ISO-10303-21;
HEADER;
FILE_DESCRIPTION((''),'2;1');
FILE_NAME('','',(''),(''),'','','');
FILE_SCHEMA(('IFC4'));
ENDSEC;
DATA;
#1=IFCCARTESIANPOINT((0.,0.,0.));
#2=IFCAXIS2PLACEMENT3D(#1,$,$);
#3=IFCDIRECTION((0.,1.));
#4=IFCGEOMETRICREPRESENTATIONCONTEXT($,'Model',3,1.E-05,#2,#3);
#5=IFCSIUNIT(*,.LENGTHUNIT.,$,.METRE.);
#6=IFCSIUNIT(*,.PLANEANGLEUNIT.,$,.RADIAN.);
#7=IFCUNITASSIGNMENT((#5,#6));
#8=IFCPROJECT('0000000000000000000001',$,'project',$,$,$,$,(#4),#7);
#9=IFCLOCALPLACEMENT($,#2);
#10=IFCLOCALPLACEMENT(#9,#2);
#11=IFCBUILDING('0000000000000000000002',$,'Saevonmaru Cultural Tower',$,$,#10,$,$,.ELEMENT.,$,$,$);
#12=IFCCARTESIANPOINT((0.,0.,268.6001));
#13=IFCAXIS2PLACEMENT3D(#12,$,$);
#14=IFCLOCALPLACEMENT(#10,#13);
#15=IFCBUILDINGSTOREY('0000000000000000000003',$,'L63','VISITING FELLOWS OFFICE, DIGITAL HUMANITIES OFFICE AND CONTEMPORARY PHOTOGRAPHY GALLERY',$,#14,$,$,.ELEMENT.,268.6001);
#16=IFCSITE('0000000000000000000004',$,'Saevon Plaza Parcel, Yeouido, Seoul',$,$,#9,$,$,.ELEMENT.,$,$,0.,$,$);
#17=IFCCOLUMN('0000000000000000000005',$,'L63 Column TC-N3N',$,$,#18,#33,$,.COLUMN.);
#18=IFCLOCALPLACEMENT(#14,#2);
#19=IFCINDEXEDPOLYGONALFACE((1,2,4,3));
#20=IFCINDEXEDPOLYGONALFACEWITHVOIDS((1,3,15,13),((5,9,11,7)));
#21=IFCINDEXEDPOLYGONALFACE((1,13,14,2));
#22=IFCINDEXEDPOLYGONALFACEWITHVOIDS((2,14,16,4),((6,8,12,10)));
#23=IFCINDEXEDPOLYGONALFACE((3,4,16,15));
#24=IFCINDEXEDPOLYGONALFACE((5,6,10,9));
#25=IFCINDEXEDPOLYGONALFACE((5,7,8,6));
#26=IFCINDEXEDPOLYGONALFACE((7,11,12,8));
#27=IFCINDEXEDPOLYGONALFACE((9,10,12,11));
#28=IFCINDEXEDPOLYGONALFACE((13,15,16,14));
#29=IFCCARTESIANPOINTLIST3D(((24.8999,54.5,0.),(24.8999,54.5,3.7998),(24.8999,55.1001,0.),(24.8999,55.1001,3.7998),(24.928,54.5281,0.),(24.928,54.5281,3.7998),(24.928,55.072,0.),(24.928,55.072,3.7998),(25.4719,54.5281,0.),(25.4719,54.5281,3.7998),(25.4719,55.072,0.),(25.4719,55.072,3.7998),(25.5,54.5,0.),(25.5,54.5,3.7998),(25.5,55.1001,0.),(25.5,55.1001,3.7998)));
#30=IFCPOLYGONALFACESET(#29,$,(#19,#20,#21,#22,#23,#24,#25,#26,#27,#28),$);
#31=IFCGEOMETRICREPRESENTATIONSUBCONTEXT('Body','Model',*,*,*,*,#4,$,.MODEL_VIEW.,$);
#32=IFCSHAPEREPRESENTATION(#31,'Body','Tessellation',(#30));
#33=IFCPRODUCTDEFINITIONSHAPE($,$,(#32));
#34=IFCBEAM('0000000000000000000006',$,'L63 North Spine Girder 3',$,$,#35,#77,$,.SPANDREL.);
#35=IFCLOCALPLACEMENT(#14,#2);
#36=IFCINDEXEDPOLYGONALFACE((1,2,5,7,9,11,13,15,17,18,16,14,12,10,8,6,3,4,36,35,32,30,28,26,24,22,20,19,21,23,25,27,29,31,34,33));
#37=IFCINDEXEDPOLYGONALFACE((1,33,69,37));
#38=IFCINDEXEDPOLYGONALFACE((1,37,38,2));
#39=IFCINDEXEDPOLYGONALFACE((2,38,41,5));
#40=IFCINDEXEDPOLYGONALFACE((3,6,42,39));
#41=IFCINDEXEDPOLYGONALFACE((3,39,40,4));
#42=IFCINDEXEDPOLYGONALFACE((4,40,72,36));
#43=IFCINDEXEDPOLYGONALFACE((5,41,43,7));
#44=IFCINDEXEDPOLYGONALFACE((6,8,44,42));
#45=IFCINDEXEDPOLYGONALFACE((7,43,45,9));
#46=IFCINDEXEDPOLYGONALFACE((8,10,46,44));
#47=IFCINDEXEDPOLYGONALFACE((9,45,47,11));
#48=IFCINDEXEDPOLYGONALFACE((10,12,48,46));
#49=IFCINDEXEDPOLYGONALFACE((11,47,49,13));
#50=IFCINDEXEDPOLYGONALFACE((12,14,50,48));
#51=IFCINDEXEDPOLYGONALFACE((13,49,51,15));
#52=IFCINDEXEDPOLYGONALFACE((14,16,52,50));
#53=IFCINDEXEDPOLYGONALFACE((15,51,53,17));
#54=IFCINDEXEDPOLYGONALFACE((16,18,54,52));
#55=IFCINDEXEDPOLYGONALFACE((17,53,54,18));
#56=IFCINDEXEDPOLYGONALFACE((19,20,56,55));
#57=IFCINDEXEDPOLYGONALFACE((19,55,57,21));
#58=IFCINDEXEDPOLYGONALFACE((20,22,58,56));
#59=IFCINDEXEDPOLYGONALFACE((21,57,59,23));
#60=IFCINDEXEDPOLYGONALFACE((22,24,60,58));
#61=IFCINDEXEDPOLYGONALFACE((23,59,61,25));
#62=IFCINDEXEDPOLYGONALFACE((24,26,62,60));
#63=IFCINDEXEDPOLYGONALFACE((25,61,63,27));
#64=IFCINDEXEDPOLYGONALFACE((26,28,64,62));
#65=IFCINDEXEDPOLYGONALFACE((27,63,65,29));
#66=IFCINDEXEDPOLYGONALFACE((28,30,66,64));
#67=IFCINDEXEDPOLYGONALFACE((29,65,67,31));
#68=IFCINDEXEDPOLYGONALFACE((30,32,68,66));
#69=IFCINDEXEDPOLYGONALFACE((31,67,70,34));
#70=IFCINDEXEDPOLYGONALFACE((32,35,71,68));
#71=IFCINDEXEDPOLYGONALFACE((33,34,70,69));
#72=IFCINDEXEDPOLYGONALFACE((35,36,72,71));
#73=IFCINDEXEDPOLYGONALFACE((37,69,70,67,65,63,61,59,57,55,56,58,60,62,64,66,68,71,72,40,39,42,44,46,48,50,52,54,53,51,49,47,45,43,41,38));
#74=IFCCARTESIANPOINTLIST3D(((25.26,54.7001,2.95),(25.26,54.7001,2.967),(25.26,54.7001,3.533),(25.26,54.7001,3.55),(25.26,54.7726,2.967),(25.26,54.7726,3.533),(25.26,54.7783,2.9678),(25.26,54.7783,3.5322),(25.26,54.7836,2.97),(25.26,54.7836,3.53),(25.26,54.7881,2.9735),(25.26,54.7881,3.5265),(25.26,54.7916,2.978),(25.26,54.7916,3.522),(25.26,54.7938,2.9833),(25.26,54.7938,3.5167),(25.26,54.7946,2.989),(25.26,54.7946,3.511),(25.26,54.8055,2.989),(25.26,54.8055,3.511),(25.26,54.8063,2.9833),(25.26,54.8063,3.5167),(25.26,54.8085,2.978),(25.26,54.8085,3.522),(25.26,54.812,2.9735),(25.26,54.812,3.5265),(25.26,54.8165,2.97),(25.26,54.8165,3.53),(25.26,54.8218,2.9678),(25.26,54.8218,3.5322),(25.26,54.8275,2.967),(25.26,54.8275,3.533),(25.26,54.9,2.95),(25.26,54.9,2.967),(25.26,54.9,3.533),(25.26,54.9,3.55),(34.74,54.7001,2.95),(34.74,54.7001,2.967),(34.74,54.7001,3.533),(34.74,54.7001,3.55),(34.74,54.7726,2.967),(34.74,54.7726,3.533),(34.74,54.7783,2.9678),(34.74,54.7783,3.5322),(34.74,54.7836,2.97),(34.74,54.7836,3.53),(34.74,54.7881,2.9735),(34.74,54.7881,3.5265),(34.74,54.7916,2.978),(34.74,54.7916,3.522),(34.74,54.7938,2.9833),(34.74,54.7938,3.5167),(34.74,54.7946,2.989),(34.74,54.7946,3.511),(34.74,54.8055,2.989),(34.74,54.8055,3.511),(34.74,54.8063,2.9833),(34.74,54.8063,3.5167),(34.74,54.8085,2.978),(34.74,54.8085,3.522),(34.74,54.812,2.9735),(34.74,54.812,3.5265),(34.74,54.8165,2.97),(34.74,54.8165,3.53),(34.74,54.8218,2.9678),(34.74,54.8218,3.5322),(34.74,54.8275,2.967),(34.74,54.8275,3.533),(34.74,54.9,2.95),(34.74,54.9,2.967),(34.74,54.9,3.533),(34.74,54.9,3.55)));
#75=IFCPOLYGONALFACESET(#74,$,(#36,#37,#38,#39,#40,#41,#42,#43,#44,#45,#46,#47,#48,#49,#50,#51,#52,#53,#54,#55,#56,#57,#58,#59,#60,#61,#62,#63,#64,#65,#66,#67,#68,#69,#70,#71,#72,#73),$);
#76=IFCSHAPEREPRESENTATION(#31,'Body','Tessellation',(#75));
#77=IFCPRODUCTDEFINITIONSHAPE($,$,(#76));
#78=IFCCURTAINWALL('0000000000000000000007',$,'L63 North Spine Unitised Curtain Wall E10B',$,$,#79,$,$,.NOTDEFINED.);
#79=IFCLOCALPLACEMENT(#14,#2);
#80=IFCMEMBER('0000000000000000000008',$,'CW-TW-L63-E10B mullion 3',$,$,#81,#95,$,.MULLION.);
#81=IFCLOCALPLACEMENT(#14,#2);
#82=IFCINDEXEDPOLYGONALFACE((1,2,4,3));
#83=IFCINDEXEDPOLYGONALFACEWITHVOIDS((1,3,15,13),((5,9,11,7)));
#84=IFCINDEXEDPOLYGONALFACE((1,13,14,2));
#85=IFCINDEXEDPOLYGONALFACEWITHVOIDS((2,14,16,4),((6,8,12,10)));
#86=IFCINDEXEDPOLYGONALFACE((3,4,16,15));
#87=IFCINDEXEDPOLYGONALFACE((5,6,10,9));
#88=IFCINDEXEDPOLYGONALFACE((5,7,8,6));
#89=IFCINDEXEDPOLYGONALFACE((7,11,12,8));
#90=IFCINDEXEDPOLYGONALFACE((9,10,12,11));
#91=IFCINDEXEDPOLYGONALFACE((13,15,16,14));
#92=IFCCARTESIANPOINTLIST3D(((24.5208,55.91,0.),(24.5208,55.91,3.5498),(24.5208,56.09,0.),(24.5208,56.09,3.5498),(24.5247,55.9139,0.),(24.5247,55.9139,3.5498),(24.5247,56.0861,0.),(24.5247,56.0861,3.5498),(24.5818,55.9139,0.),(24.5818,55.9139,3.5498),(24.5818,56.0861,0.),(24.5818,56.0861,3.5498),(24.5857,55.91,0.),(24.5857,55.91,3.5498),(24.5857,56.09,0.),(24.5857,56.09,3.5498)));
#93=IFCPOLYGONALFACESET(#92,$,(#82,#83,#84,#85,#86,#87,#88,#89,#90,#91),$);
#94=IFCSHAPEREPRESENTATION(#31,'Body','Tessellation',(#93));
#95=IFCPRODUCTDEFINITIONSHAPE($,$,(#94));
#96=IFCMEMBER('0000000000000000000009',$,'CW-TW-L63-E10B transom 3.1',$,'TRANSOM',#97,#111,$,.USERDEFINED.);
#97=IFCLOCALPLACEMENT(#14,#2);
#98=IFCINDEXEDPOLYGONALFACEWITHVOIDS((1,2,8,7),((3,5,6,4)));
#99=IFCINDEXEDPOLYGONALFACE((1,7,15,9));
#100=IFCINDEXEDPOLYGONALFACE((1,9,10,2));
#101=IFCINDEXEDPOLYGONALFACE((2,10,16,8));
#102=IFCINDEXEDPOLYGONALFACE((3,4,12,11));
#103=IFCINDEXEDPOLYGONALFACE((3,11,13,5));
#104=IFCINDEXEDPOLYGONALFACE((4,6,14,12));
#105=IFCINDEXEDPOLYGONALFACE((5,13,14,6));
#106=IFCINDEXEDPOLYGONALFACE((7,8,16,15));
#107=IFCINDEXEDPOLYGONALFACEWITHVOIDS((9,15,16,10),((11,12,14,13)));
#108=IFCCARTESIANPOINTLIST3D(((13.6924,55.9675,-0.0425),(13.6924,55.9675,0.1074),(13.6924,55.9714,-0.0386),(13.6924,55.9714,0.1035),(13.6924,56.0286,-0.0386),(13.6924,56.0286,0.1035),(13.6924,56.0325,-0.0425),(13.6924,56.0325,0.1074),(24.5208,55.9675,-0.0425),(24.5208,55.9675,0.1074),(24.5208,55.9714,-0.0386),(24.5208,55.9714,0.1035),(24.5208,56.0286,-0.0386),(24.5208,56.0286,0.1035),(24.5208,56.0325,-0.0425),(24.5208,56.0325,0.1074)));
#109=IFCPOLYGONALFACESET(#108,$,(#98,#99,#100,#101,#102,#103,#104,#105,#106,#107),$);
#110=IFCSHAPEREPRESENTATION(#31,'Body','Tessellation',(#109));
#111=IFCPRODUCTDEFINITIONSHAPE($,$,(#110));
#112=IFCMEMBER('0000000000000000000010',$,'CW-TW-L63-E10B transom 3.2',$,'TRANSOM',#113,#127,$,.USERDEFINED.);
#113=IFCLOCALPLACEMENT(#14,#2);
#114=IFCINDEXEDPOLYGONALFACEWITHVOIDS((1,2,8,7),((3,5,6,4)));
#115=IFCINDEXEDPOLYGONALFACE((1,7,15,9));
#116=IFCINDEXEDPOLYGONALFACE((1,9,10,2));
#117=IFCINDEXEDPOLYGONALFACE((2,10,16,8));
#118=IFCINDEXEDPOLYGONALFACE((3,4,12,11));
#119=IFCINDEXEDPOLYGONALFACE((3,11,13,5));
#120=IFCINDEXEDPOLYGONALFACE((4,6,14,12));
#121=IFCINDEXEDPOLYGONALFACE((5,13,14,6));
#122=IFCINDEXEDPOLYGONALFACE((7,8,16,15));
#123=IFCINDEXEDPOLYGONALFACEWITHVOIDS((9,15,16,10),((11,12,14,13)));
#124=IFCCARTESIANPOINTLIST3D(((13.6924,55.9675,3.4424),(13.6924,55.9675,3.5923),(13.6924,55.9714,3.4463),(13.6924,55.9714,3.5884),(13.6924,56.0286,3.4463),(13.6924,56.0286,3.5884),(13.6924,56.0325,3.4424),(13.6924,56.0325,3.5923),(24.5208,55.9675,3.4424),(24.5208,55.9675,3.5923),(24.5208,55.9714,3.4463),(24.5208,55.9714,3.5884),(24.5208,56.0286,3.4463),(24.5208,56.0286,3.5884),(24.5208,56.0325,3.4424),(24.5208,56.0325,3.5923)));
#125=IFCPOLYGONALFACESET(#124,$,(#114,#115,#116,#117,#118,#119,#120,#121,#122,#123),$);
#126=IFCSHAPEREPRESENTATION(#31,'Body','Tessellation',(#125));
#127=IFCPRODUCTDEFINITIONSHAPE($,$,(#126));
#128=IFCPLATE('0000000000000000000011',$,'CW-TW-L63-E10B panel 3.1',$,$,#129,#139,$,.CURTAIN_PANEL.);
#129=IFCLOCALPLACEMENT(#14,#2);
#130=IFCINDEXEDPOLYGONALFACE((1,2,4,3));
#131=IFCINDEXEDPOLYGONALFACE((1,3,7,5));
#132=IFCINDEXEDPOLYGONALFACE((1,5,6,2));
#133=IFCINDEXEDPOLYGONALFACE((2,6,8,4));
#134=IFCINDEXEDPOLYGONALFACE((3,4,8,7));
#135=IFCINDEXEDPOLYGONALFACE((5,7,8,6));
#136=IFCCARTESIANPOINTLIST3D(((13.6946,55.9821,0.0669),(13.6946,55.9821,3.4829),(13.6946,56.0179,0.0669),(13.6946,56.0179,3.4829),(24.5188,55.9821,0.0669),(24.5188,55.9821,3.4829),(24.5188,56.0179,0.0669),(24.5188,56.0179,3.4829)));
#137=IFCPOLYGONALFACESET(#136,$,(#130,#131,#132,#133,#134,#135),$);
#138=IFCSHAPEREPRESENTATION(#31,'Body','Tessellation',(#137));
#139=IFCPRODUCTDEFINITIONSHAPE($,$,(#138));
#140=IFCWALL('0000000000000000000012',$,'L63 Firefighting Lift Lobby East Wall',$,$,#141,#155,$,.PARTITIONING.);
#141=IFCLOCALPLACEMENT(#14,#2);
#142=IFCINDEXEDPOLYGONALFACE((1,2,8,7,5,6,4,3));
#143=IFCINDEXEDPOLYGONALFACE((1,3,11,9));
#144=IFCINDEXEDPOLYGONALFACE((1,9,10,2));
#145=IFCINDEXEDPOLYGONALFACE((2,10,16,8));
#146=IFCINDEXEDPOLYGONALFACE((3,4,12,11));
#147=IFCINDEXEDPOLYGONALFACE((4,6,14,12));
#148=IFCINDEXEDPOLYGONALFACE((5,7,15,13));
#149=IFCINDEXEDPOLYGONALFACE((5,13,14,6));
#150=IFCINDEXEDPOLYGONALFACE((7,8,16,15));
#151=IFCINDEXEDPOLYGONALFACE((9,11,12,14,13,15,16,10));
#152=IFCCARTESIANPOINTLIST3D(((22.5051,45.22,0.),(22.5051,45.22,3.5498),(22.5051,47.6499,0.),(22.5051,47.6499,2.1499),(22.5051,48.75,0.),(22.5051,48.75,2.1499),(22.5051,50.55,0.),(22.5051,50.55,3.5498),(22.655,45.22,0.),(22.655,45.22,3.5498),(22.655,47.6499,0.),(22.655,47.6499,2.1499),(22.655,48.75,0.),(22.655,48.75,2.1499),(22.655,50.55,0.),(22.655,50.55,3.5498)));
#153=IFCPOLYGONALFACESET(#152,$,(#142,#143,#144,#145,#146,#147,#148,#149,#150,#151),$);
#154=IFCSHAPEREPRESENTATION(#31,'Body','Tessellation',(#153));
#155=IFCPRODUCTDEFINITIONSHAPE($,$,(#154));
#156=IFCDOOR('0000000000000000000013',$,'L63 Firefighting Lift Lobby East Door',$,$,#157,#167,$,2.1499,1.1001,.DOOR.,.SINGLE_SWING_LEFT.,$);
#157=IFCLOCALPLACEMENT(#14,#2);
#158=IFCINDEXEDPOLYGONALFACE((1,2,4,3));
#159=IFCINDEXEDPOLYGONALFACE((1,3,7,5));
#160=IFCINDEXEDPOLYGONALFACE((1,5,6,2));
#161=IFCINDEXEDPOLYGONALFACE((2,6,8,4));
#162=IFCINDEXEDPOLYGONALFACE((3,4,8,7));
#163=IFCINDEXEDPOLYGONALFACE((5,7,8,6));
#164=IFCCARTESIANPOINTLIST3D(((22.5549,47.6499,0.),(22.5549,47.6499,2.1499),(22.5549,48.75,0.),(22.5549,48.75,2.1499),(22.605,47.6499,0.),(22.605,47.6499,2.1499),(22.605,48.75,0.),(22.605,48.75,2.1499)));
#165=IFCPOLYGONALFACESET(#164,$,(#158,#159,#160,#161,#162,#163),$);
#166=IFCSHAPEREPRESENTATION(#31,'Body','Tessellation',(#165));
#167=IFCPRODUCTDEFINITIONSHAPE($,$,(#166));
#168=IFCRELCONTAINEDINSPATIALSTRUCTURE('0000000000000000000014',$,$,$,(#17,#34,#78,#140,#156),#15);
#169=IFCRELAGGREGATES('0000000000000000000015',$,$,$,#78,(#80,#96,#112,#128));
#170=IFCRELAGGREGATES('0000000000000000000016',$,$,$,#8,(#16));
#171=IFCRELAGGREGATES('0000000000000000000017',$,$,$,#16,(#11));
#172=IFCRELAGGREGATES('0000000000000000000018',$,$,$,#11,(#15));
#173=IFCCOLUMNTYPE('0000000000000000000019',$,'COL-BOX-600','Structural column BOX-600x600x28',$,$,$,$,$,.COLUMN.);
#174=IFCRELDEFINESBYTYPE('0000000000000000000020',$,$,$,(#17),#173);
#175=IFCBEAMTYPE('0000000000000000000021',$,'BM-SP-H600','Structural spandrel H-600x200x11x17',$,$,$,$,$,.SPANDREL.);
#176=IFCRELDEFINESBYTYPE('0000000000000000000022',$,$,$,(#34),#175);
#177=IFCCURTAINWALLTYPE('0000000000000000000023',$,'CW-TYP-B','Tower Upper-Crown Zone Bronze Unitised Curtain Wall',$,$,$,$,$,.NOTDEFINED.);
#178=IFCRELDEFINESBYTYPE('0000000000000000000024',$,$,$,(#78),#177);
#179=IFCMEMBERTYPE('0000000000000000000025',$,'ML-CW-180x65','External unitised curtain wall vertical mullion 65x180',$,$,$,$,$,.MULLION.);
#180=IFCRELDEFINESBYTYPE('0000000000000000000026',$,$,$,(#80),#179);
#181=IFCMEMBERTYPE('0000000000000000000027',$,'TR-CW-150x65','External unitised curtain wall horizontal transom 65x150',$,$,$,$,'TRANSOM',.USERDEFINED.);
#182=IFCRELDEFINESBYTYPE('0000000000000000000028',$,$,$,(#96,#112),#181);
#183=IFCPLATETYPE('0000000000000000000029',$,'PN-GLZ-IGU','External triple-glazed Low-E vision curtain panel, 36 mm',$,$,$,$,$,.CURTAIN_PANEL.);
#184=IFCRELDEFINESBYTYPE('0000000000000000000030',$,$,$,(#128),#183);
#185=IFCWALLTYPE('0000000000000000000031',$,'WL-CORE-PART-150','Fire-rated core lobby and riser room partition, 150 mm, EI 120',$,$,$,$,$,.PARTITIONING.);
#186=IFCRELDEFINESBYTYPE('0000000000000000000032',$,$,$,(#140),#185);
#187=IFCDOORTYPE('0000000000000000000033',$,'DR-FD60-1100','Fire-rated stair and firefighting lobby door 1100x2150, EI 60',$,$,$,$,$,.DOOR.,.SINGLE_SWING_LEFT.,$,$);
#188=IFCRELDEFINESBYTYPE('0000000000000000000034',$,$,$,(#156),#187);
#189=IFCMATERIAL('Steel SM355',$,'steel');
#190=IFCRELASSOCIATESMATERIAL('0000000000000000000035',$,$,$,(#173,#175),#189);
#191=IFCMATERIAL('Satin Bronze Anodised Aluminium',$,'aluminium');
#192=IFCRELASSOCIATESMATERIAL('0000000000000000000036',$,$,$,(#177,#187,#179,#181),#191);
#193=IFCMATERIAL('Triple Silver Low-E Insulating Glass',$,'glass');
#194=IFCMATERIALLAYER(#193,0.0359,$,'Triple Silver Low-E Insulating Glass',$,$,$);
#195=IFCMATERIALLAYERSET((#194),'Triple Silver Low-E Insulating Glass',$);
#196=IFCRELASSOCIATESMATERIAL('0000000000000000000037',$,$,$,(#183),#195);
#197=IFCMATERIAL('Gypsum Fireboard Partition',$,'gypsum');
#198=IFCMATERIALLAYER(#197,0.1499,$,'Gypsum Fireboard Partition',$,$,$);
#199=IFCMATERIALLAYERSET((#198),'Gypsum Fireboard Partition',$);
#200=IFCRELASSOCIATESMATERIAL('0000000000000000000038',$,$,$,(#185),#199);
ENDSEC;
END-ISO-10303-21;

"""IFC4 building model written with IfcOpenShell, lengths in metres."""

from ifc_helpers import new_model, si_unit, direction, frame, frame_2d, origin, origin_2d, place, context, subcontext, project, spatial, rectangle, hollow_rectangle, i_section, extrude, material, layer, layer_set, material_profile, profile_set, type_object, element, fill, aggregate, save


model = new_model("IFC4")

# Units and contexts
model_context = context("Model", 3, precision=1e-05, world=origin(), true_north=direction((0.0, 1.0)))
body_context = subcontext(model_context, "Body", "Model", "MODEL_VIEW")
ifc_project = project(units=[si_unit("LENGTHUNIT", "METRE"), si_unit("PLANEANGLEUNIT", "RADIAN")], contexts=[model_context])

# Site, building, storey
site_placement = place(None, origin())
site = spatial("IfcSite", under=ifc_project, at=site_placement, Name="Saevon Plaza Parcel, Yeouido, Seoul", CompositionType="ELEMENT", RefElevation=0.0)
building_placement = place(site_placement, origin())
building = spatial("IfcBuilding", under=site, at=building_placement, Name="Saevonmaru Cultural Tower", CompositionType="ELEMENT")
storey_placement = place(building_placement, frame((0.0, 0.0, 268.6001)))
storey = spatial("IfcBuildingStorey", under=building, at=storey_placement, Name="L63", Description="VISITING FELLOWS OFFICE, DIGITAL HUMANITIES OFFICE AND CONTEMPORARY PHOTOGRAPHY GALLERY", CompositionType="ELEMENT", Elevation=268.6001)

# Column
ifc_material_1 = material(Name="Steel SM355", Category="steel")
ifc_material_profile_1 = material_profile(ifc_material_1, hollow_rectangle(XDim=0.6001, YDim=0.6001, WallThickness=0.0281, at=origin_2d()), Name="BOX-600x600x28")
ifc_profile_set_1 = profile_set([ifc_material_profile_1], Name="Steel SM355")
column_type = type_object("IfcColumnType", Name="COL-BOX-600", Description="Structural column BOX-600x600x28", PredefinedType="COLUMN", material=ifc_profile_set_1)
column_placement = place(storey_placement, frame((25.2, 54.8, 0.0), z_axis=(0.0, 0.0, 1.0), x_axis=(1.0, 0.0, 0.0)))
element("IfcColumn", 1, at=column_placement, inside=storey, type_object=column_type, Name="L63 Column TC-N3N", PredefinedType="COLUMN", context=body_context, shape_type="SweptSolid", body=[
    extrude(hollow_rectangle(XDim=0.6001, YDim=0.6001, WallThickness=0.0281, at=origin_2d()), origin(), (0.0, 0.0, 1.0), 3.7998),
])

# Beam
ifc_material_profile_2 = material_profile(ifc_material_1, i_section(OverallWidth=0.2, OverallDepth=0.6001, WebThickness=0.011, FlangeThickness=0.0171, FilletRadius=0.022, at=origin_2d()), Name="H-600x200x11x17")
ifc_profile_set_2 = profile_set([ifc_material_profile_2], Name="Steel SM355")
beam_type = type_object("IfcBeamType", Name="BM-SP-H600", Description="Structural spandrel H-600x200x11x17", PredefinedType="SPANDREL", material=ifc_profile_set_2)
beam_placement = place(storey_placement, frame((25.26, 54.8, 3.25), z_axis=(1.0, 0.0, 0.0), x_axis=(0.0, 1.0, 0.0)))
element("IfcBeam", 2, at=beam_placement, inside=storey, type_object=beam_type, Name="L63 North Spine Girder 3", PredefinedType="SPANDREL", context=body_context, shape_type="SweptSolid", body=[
    extrude(i_section(OverallWidth=0.2, OverallDepth=0.6001, WebThickness=0.011, FlangeThickness=0.0171, FilletRadius=0.022, at=origin_2d()), origin(), (0.0, 0.0, 1.0), 9.48),
])

# Curtain wall, members, plate
ifc_material_2 = material(Name="Satin Bronze Anodised Aluminium", Category="aluminium")
curtain_wall_type = type_object("IfcCurtainWallType", Name="CW-TYP-B", Description="Tower Upper-Crown Zone Bronze Unitised Curtain Wall", PredefinedType="NOTDEFINED", material=ifc_material_2)
curtain_wall_placement = place(storey_placement, origin())
curtain_wall = element("IfcCurtainWall", 3, at=curtain_wall_placement, inside=storey, type_object=curtain_wall_type, Name="L63 North Spine Unitised Curtain Wall E10B", PredefinedType="NOTDEFINED")
ifc_material_profile_3 = material_profile(ifc_material_2, hollow_rectangle(XDim=0.0649, YDim=0.1799, WallThickness=0.0039, at=origin_2d()), Name="ALU-MULL-180x65x4")
ifc_profile_set_3 = profile_set([ifc_material_profile_3], Name="Satin Bronze Anodised Aluminium")
member_type_1 = type_object("IfcMemberType", Name="ML-CW-180x65", Description="External unitised curtain wall vertical mullion 65x180", PredefinedType="MULLION", material=ifc_profile_set_3)
member_1_placement = place(storey_placement, frame((24.5532, 56.0, 0.0), z_axis=(0.0, 0.0, 1.0), x_axis=(-1.0, 0.0, 0.0)))
member_1 = element("IfcMember", 4, at=member_1_placement, type_object=member_type_1, Name="CW-TW-L63-E10B mullion 3", PredefinedType="MULLION", context=body_context, shape_type="SweptSolid", body=[
    extrude(hollow_rectangle(XDim=0.0649, YDim=0.1799, WallThickness=0.0039, at=origin_2d()), origin(), (0.0, 0.0, 1.0), 3.5498),
])
ifc_material_profile_4 = material_profile(ifc_material_2, hollow_rectangle(XDim=0.0649, YDim=0.1499, WallThickness=0.0039, at=origin_2d()), Name="ALU-TRAN-150x65x4")
ifc_profile_set_4 = profile_set([ifc_material_profile_4], Name="Satin Bronze Anodised Aluminium")
member_type_2 = type_object("IfcMemberType", Name="TR-CW-150x65", Description="External unitised curtain wall horizontal transom 65x150", ElementType="TRANSOM", PredefinedType="USERDEFINED", material=ifc_profile_set_4)
member_2_placement = place(storey_placement, frame((24.5208, 56.0, 0.0325), z_axis=(-1.0, 0.0, 0.0), x_axis=(0.0, -1.0, 0.0)))
member_2 = element("IfcMember", 5, at=member_2_placement, type_object=member_type_2, Name="CW-TW-L63-E10B transom 3.1", ObjectType="TRANSOM", PredefinedType="USERDEFINED", context=body_context, shape_type="SweptSolid", body=[
    extrude(hollow_rectangle(XDim=0.0649, YDim=0.1499, WallThickness=0.0039, at=origin_2d()), origin(), (0.0, 0.0, 1.0), 10.8284),
])
member_3_placement = place(storey_placement, frame((24.5208, 56.0, 3.5173), z_axis=(-1.0, 0.0, 0.0), x_axis=(0.0, -1.0, 0.0)))
member_3 = element("IfcMember", 6, at=member_3_placement, type_object=member_type_2, Name="CW-TW-L63-E10B transom 3.2", ObjectType="TRANSOM", PredefinedType="USERDEFINED", context=body_context, shape_type="SweptSolid", body=[
    extrude(hollow_rectangle(XDim=0.0649, YDim=0.1499, WallThickness=0.0039, at=origin_2d()), origin(), (0.0, 0.0, 1.0), 10.8284),
])
ifc_material_3 = material(Name="Triple Silver Low-E Insulating Glass", Category="glass")
ifc_layer_1 = layer(ifc_material_3, 0.0359, Name="Triple Silver Low-E Insulating Glass")
ifc_layer_set_1 = layer_set([ifc_layer_1], Name="Triple Silver Low-E Insulating Glass")
plate_type = type_object("IfcPlateType", Name="PN-GLZ-IGU", Description="External triple-glazed Low-E vision curtain panel, 36 mm", PredefinedType="CURTAIN_PANEL", material=ifc_layer_set_1)
plate_placement = place(storey_placement, frame((19.1067, 56.0, 0.0669), z_axis=(0.0, 0.0, 1.0), x_axis=(-1.0, 0.0, 0.0)))
plate = element("IfcPlate", 7, at=plate_placement, type_object=plate_type, Name="CW-TW-L63-E10B panel 3.1", PredefinedType="CURTAIN_PANEL", context=body_context, shape_type="SweptSolid", body=[
    extrude(rectangle(XDim=10.8242, YDim=0.0359, at=origin_2d()), origin(), (0.0, 0.0, 1.0), 3.416),
])
aggregate(curtain_wall, [member_1, member_2, member_3, plate])

# Wall, opening, door
ifc_material_4 = material(Name="Gypsum Fireboard Partition", Category="gypsum")
ifc_layer_2 = layer(ifc_material_4, 0.1499, Name="Gypsum Fireboard Partition")
ifc_layer_set_2 = layer_set([ifc_layer_2], Name="Gypsum Fireboard Partition")
wall_type_1 = type_object("IfcWallType", Name="WL-CORE-PART-150", Description="Fire-rated core lobby and riser room partition, 150 mm, EI 120", PredefinedType="PARTITIONING", material=ifc_layer_set_2)
wall_1_placement = place(storey_placement, frame((22.5801, 50.55, 0.0), z_axis=(0.0, 0.0, 1.0), x_axis=(0.0, -1.0, 0.0)))
wall_1 = element("IfcWall", 8, at=wall_1_placement, inside=storey, type_object=wall_type_1, Name="L63 Firefighting Lift Lobby East Wall", PredefinedType="PARTITIONING", context=body_context, shape_type="SweptSolid", body=[
    extrude(rectangle(XDim=5.3301, YDim=0.1499, at=frame_2d((2.665, 0.0))), origin(), (0.0, 0.0, 1.0), 3.5498),
])
opening_1_placement = place(wall_1_placement, frame((1.8, 0.0, 0.0)))
opening_1 = element("IfcOpeningElement", 9, at=opening_1_placement, cuts=wall_1, PredefinedType="OPENING", context=body_context, shape_type="SweptSolid", body=[
    extrude(rectangle(XDim=1.1001, YDim=2.1499, at=frame_2d((0.55, 1.075))), frame((0.0, 0.085, 0.0), z_axis=(0.0, -1.0, 0.0), x_axis=(1.0, 0.0, 0.0)), (0.0, 0.0, 1.0), 0.1699),
])
door_type_1 = type_object("IfcDoorType", Name="DR-FD60-1100", Description="Fire-rated stair and firefighting lobby door 1100x2150, EI 60", OperationType="SINGLE_SWING_LEFT", PredefinedType="DOOR", material=ifc_material_2)
door_1_placement = place(opening_1_placement, origin())
door_1 = element("IfcDoor", 10, at=door_1_placement, inside=storey, type_object=door_type_1, Name="L63 Firefighting Lift Lobby East Door", OperationType="SINGLE_SWING_LEFT", OverallHeight=2.1499, OverallWidth=1.1001, PredefinedType="DOOR", context=body_context, shape_type="SweptSolid", body=[
    extrude(rectangle(XDim=1.1001, YDim=2.1499, at=frame_2d((0.55, 1.075))), frame((0.0, 0.0249, 0.0), z_axis=(0.0, -1.0, 0.0), x_axis=(1.0, 0.0, 0.0)), (0.0, 0.0, 1.0), 0.05),
])
fill(opening_1, door_1)

save(model, "model.ifc")
